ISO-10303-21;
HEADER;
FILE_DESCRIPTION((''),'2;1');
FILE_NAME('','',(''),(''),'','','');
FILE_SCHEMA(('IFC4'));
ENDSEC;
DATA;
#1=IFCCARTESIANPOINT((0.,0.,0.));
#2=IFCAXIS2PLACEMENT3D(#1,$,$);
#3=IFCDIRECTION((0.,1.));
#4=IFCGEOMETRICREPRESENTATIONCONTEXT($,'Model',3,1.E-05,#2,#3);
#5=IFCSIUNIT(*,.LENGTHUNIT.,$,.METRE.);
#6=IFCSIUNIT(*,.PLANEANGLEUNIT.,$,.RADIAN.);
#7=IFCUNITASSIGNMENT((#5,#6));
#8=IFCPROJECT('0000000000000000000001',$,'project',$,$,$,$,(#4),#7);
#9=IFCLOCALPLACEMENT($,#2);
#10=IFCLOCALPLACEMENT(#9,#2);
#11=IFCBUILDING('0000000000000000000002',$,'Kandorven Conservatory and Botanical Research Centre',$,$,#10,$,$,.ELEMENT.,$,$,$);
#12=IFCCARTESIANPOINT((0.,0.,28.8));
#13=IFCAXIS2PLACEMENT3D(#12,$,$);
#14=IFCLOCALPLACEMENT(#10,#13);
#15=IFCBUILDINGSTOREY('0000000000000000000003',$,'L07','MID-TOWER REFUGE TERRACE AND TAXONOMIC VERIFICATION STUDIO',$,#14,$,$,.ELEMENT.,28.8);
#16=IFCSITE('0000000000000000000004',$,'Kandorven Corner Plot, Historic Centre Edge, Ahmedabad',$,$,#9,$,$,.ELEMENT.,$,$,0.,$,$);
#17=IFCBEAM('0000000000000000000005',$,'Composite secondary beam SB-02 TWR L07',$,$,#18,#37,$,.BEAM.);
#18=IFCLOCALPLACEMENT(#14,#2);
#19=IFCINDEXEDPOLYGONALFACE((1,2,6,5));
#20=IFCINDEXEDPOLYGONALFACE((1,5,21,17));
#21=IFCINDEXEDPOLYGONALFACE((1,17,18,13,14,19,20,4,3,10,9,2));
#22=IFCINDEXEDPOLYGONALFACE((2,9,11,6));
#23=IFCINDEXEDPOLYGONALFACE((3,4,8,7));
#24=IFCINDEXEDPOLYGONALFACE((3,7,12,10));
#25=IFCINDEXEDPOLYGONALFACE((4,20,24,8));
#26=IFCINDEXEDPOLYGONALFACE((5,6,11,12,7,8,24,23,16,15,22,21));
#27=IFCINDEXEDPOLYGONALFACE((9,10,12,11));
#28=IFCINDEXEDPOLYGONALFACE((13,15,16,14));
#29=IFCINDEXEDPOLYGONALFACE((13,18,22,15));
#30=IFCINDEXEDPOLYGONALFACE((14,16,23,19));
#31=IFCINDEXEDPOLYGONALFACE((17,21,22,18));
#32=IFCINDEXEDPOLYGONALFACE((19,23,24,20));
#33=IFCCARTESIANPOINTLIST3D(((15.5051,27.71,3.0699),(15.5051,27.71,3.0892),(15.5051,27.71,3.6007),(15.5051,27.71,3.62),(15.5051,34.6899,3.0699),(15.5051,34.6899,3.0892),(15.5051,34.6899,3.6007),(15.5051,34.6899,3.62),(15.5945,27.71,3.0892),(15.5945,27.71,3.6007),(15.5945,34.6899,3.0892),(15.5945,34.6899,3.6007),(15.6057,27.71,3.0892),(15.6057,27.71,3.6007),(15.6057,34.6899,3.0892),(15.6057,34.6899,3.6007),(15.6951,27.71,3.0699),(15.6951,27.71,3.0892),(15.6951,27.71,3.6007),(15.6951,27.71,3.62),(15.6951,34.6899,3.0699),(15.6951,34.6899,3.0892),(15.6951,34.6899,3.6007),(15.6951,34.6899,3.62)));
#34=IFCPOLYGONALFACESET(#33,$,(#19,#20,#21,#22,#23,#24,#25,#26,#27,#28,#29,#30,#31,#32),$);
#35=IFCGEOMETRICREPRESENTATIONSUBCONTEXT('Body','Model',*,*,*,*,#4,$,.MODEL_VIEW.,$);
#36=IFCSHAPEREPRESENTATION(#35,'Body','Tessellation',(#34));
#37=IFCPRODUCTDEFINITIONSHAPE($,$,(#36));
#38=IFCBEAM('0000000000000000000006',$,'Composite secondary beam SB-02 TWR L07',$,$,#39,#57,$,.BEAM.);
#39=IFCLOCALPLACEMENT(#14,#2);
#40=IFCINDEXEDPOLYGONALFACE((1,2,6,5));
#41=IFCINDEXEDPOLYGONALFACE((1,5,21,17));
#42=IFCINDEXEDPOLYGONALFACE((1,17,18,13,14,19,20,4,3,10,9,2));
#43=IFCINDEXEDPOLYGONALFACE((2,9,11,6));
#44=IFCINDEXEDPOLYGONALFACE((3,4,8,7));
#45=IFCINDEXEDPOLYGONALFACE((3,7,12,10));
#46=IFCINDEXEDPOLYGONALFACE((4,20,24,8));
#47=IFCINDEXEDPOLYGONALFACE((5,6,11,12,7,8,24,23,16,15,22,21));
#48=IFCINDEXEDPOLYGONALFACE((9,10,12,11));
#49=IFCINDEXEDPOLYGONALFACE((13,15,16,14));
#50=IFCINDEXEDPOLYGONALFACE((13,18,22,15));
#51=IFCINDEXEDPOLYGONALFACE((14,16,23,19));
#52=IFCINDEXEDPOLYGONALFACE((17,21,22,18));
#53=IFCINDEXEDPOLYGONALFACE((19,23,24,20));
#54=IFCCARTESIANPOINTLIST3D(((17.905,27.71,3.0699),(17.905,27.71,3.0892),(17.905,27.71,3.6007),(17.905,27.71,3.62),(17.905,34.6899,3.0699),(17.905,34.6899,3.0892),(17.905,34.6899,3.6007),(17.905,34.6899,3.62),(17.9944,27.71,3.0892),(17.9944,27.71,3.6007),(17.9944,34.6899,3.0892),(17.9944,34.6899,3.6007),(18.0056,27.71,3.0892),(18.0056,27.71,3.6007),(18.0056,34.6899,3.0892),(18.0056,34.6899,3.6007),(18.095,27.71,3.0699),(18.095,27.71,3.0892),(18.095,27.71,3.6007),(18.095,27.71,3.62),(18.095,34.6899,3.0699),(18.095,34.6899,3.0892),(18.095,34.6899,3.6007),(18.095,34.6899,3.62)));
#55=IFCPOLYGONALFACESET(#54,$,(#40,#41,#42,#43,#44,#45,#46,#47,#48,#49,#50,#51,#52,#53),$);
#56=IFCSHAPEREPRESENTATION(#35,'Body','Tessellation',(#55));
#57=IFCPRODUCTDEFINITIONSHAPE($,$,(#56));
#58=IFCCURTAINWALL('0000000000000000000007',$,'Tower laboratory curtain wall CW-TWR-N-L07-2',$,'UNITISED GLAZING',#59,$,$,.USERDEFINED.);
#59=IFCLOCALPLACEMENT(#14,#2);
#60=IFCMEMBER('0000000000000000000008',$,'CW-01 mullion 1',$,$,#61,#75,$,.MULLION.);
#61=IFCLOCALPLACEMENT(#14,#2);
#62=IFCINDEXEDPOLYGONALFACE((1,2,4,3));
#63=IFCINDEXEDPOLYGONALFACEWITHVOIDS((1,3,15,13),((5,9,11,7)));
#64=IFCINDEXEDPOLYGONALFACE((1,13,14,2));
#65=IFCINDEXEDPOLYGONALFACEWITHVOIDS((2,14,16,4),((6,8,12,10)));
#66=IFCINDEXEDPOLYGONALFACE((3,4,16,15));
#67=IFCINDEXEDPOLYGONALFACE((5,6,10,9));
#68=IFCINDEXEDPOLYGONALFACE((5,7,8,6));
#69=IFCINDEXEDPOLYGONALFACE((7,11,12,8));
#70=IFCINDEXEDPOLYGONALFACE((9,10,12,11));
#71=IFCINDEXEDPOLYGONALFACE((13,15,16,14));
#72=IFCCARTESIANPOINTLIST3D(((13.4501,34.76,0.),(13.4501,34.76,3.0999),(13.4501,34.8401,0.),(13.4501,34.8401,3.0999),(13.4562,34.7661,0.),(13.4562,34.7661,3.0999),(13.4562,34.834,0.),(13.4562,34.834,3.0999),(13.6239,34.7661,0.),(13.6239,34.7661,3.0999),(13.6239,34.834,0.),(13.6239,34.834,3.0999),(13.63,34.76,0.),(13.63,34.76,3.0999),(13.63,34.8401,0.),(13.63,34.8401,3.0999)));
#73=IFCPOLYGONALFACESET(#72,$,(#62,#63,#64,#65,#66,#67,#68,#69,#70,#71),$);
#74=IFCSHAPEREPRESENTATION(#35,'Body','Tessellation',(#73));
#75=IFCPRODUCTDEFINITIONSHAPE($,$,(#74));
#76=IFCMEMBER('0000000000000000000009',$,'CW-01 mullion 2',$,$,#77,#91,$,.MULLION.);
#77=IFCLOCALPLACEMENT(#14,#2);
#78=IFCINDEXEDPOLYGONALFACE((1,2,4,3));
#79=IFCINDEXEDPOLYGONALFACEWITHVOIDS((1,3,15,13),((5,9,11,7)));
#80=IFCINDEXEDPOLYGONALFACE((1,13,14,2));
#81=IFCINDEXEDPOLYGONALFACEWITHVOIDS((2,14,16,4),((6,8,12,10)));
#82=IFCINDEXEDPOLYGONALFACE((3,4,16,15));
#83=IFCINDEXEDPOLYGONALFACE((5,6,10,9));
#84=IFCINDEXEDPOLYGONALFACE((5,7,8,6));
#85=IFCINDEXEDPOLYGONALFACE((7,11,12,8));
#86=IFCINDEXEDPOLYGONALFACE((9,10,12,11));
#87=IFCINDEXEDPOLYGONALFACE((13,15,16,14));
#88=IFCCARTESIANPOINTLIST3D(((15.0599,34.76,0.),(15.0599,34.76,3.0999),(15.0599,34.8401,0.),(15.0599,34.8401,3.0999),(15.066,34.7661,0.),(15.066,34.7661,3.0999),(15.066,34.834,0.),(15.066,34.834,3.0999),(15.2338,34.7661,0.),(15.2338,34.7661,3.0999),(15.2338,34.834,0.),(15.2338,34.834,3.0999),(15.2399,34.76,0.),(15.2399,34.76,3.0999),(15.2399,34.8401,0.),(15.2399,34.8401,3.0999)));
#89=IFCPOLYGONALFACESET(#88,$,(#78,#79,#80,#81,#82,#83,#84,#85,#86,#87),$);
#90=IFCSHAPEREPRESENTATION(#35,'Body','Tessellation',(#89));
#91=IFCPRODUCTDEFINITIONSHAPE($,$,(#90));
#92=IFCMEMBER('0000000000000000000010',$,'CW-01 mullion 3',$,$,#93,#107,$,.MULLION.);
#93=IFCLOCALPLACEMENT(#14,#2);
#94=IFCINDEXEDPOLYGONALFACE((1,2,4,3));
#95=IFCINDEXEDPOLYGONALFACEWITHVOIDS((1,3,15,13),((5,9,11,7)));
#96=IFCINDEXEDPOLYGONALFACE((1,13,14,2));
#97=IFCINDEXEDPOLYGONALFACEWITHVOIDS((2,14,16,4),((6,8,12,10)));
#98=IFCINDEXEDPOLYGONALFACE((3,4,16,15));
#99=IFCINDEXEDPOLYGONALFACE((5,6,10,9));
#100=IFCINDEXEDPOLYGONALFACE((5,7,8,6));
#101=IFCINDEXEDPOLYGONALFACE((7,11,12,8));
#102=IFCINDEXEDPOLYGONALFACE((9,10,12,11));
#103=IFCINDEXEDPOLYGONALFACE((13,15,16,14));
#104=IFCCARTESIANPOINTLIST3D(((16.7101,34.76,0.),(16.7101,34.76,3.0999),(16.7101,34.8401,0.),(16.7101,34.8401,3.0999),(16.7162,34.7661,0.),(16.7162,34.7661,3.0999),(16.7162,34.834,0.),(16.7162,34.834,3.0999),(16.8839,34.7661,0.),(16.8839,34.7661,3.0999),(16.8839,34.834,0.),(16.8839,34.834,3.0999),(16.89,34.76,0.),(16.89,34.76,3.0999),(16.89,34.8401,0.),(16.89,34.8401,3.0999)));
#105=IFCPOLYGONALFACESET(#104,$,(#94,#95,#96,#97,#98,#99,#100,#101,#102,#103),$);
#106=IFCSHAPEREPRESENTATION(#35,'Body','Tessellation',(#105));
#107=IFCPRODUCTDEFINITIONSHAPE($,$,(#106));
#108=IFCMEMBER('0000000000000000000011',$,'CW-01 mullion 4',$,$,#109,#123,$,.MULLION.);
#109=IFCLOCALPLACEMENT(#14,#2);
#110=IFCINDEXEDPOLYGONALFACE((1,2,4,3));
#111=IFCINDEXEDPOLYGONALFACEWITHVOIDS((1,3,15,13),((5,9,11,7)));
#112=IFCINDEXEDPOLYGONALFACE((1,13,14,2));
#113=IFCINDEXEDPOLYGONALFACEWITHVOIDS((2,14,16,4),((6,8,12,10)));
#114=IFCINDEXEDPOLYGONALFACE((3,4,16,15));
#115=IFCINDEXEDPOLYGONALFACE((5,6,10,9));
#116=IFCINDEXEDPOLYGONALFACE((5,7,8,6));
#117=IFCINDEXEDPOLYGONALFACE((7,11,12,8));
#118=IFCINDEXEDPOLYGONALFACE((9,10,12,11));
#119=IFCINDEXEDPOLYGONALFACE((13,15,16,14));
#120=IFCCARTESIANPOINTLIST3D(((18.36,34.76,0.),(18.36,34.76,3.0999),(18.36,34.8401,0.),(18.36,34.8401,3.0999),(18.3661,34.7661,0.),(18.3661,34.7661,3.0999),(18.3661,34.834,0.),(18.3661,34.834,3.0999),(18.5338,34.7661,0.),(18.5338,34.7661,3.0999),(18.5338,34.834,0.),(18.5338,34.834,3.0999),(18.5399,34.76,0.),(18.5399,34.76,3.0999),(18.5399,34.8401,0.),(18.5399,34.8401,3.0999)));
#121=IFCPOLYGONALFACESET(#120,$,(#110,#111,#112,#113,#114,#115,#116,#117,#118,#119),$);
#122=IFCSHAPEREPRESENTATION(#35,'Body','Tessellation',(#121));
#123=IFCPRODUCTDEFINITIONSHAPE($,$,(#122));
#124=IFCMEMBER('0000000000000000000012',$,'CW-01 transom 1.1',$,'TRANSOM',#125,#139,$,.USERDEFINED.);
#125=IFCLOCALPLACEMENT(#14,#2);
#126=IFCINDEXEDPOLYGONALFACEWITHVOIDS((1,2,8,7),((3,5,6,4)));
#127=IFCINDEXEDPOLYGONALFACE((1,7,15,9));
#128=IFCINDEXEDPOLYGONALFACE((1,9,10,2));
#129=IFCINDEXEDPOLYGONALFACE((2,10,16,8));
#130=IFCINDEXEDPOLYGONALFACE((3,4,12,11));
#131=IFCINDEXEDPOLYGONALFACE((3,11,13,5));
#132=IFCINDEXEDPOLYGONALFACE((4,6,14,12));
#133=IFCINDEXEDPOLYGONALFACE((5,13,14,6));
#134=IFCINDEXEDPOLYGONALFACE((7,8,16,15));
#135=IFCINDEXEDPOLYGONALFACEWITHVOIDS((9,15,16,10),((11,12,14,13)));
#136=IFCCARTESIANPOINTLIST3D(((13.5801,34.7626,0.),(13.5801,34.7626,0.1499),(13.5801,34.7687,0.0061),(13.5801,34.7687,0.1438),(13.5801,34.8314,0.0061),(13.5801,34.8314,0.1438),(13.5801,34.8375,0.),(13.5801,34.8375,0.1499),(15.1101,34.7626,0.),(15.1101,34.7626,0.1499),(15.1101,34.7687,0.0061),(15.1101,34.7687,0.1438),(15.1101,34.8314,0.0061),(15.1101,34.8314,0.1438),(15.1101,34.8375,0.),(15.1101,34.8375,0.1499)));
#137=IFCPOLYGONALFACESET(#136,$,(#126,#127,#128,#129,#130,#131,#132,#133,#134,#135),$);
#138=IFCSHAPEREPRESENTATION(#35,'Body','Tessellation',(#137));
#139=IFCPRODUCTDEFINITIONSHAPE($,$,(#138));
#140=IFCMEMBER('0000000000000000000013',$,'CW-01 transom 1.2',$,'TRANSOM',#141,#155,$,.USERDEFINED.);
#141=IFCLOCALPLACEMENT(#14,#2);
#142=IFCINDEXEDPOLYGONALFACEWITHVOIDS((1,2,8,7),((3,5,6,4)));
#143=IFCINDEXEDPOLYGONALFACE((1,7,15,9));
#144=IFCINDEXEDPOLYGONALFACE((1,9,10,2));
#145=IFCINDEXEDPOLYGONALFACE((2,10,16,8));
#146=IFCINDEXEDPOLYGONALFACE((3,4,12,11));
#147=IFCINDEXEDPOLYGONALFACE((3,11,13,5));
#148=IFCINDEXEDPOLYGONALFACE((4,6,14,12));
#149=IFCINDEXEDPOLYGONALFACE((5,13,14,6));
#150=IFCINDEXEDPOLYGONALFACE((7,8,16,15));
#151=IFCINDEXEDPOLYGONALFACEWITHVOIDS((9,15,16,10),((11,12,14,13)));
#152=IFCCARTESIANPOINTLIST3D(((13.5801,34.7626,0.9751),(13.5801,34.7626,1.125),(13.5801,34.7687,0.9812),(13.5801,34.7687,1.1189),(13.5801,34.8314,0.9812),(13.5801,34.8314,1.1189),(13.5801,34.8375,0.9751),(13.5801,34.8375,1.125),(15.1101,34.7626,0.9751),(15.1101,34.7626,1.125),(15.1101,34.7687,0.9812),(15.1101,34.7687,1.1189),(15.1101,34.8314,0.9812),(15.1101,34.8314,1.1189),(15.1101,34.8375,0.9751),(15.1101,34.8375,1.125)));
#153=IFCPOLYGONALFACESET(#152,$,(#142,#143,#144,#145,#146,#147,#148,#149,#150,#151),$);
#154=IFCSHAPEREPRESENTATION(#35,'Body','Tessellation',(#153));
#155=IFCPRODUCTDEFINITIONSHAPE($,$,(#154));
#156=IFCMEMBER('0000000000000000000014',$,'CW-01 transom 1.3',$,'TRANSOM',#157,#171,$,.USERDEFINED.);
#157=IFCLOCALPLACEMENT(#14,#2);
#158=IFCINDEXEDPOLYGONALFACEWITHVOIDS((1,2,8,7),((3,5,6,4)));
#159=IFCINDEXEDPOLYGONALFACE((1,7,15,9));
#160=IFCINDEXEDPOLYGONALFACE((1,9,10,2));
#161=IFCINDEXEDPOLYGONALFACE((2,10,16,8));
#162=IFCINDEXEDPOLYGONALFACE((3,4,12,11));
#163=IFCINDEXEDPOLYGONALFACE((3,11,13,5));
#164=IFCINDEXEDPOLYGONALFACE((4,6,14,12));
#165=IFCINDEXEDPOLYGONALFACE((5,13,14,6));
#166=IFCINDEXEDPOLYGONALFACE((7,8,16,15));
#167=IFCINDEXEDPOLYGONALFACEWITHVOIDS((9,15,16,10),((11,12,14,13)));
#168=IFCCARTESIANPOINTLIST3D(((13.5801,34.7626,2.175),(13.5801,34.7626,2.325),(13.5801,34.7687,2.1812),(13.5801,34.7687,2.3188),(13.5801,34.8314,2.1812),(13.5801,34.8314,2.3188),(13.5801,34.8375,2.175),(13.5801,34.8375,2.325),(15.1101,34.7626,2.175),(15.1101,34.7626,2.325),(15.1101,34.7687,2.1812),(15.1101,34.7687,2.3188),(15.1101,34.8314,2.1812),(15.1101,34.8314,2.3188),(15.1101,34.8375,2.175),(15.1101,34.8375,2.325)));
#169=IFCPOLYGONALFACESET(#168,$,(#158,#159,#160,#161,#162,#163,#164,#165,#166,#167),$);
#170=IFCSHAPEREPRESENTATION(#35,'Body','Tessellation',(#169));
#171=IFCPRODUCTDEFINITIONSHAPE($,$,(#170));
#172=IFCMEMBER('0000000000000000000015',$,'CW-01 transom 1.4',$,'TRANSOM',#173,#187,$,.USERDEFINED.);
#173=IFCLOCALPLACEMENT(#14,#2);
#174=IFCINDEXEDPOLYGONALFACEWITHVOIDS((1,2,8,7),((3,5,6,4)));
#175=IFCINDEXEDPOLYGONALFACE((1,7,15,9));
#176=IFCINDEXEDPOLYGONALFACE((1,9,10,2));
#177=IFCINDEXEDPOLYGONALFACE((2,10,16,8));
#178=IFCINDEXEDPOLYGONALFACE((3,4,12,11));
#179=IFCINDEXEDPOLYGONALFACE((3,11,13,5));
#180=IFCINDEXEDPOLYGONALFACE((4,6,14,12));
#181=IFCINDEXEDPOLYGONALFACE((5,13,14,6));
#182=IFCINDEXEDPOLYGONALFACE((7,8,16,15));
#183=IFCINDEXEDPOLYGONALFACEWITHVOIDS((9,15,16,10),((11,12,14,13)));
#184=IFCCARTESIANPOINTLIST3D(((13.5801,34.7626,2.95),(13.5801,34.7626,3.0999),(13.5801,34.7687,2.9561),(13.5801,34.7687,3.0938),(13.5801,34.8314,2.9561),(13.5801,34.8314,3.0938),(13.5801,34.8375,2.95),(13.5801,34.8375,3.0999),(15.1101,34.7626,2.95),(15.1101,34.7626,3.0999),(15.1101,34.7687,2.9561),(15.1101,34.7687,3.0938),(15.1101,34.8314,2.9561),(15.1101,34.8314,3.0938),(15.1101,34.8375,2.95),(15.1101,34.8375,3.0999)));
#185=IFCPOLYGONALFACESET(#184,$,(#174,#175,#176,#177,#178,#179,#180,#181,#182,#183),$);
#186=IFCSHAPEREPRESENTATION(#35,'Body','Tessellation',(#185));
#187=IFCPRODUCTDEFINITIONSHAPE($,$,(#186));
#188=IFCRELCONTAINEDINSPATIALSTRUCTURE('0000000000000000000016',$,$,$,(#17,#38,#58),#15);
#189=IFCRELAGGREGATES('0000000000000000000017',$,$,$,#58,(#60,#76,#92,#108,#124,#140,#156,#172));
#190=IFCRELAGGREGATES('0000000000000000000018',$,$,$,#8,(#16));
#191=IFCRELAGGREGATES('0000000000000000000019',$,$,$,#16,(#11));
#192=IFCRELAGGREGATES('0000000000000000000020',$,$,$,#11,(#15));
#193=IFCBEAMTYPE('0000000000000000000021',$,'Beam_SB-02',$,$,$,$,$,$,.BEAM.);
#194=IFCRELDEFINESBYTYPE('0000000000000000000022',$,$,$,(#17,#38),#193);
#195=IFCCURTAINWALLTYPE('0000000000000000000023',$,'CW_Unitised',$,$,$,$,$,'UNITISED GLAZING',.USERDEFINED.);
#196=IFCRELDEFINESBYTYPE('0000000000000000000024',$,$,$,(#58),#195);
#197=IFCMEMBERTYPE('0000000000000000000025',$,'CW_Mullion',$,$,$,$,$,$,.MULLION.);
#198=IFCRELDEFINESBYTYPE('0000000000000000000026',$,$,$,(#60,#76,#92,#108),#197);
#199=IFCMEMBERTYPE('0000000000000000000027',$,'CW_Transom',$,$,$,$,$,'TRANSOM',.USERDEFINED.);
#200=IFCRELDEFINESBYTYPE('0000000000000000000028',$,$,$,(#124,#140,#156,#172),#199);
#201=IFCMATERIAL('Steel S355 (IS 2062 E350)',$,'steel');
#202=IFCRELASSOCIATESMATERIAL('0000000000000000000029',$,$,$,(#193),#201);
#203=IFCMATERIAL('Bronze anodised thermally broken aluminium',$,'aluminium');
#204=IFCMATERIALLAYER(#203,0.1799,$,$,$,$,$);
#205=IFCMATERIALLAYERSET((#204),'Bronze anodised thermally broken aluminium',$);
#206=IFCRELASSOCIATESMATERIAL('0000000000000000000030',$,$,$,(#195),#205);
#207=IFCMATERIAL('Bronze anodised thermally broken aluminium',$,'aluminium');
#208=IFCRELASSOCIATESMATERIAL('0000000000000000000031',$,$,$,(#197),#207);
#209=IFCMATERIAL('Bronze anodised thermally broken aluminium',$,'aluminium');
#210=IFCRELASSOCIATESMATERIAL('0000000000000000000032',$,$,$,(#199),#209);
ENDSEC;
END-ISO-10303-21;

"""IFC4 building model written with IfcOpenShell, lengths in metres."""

from ifc_helpers import new_model, si_unit, direction, frame, origin, origin_2d, place, context, subcontext, project, spatial, hollow_rectangle, i_section, extrude, material, layer, layer_set, material_profile, profile_set, type_object, element, aggregate, save


model = new_model("IFC4")

# Units and contexts
model_context = context("Model", 3, precision=1e-05, world=origin(), true_north=direction((0.0, 1.0)))
body_context = subcontext(model_context, "Body", "Model", "MODEL_VIEW")
ifc_project = project(units=[si_unit("LENGTHUNIT", "METRE"), si_unit("PLANEANGLEUNIT", "RADIAN")], contexts=[model_context])

# Site, building, storey
site_placement = place(None, origin())
site = spatial("IfcSite", under=ifc_project, at=site_placement, Name="Kandorven Corner Plot, Historic Centre Edge, Ahmedabad", CompositionType="ELEMENT", RefElevation=0.0)
building_placement = place(site_placement, origin())
building = spatial("IfcBuilding", under=site, at=building_placement, Name="Kandorven Conservatory and Botanical Research Centre", CompositionType="ELEMENT")
storey_placement = place(building_placement, frame((0.0, 0.0, 28.8)))
storey = spatial("IfcBuildingStorey", under=building, at=storey_placement, Name="L07", Description="MID-TOWER REFUGE TERRACE AND TAXONOMIC VERIFICATION STUDIO", CompositionType="ELEMENT", Elevation=28.8)

# Beams
ifc_material_1 = material(Name="Steel S355 (IS 2062 E350)", Category="steel")
ifc_material_profile_1 = material_profile(ifc_material_1, i_section(OverallWidth=0.1899, OverallDepth=0.55, WebThickness=0.0112, FlangeThickness=0.0193, at=origin_2d()))
ifc_profile_set_1 = profile_set([ifc_material_profile_1], Name="Steel S355 (IS 2062 E350)")
beam_type = type_object("IfcBeamType", Name="Beam_SB-02", PredefinedType="BEAM", material=ifc_profile_set_1)
for number, where, z_axis, x_axis, name in (
    (1, (15.6001, 27.71, 3.345), (0.0, 1.0, 0.0), (-1.0, 0.0, 0.0), "Composite secondary beam SB-02 TWR L07"),
    (2, (18.0, 27.71, 3.345), (0.0, 1.0, 0.0), (-1.0, 0.0, 0.0), "Composite secondary beam SB-02 TWR L07"),
):
    element("IfcBeam", number, at=place(storey_placement, frame(where, z_axis=z_axis, x_axis=x_axis)), inside=storey, type_object=beam_type, Name=name, PredefinedType="BEAM", context=body_context, shape_type="SweptSolid", body=[
        extrude(i_section(OverallWidth=0.1899, OverallDepth=0.55, WebThickness=0.0112, FlangeThickness=0.0193, at=origin_2d()), origin(), (0.0, 0.0, 1.0), 6.98),
    ])

# Curtain wall, members
ifc_material_2 = material(Name="Bronze anodised thermally broken aluminium", Category="aluminium")
ifc_layer_1 = layer(ifc_material_2, 0.1799)
ifc_layer_set_1 = layer_set([ifc_layer_1], Name="Bronze anodised thermally broken aluminium")
curtain_wall_type = type_object("IfcCurtainWallType", Name="CW_Unitised", ElementType="UNITISED GLAZING", PredefinedType="USERDEFINED", material=ifc_layer_set_1)
curtain_wall_placement = place(storey_placement, origin())
curtain_wall = element("IfcCurtainWall", 3, at=curtain_wall_placement, inside=storey, type_object=curtain_wall_type, Name="Tower laboratory curtain wall CW-TWR-N-L07-2", ObjectType="UNITISED GLAZING", PredefinedType="USERDEFINED")
ifc_material_3 = material(Name="Bronze anodised thermally broken aluminium", Category="aluminium")
ifc_material_profile_2 = material_profile(ifc_material_3, hollow_rectangle(XDim=0.0801, YDim=0.1799, WallThickness=0.0061, at=origin_2d()))
ifc_profile_set_2 = profile_set([ifc_material_profile_2], Name="Bronze anodised thermally broken aluminium")
member_type_1 = type_object("IfcMemberType", Name="CW_Mullion", PredefinedType="MULLION", material=ifc_profile_set_2)
member_1_placement = place(storey_placement, frame((13.54, 34.8, 0.0), z_axis=(0.0, 0.0, 1.0), x_axis=(0.0, 1.0, 0.0)))
member_1 = element("IfcMember", 4, at=member_1_placement, type_object=member_type_1, Name="CW-01 mullion 1", PredefinedType="MULLION", context=body_context, shape_type="SweptSolid", body=[
    extrude(hollow_rectangle(XDim=0.0801, YDim=0.1799, WallThickness=0.0061, at=origin_2d()), origin(), (0.0, 0.0, 1.0), 3.0999),
])
member_2_placement = place(storey_placement, frame((15.1499, 34.8, 0.0), z_axis=(0.0, 0.0, 1.0), x_axis=(0.0, 1.0, 0.0)))
member_2 = element("IfcMember", 5, at=member_2_placement, type_object=member_type_1, Name="CW-01 mullion 2", PredefinedType="MULLION", context=body_context, shape_type="SweptSolid", body=[
    extrude(hollow_rectangle(XDim=0.0801, YDim=0.1799, WallThickness=0.0061, at=origin_2d()), origin(), (0.0, 0.0, 1.0), 3.0999),
])
member_3_placement = place(storey_placement, frame((16.8, 34.8, 0.0), z_axis=(0.0, 0.0, 1.0), x_axis=(0.0, 1.0, 0.0)))
member_3 = element("IfcMember", 6, at=member_3_placement, type_object=member_type_1, Name="CW-01 mullion 3", PredefinedType="MULLION", context=body_context, shape_type="SweptSolid", body=[
    extrude(hollow_rectangle(XDim=0.0801, YDim=0.1799, WallThickness=0.0061, at=origin_2d()), origin(), (0.0, 0.0, 1.0), 3.0999),
])
member_4_placement = place(storey_placement, frame((18.45, 34.8, 0.0), z_axis=(0.0, 0.0, 1.0), x_axis=(0.0, 1.0, 0.0)))
member_4 = element("IfcMember", 7, at=member_4_placement, type_object=member_type_1, Name="CW-01 mullion 4", PredefinedType="MULLION", context=body_context, shape_type="SweptSolid", body=[
    extrude(hollow_rectangle(XDim=0.0801, YDim=0.1799, WallThickness=0.0061, at=origin_2d()), origin(), (0.0, 0.0, 1.0), 3.0999),
])
ifc_material_4 = material(Name="Bronze anodised thermally broken aluminium", Category="aluminium")
ifc_material_profile_3 = material_profile(ifc_material_4, hollow_rectangle(XDim=0.075, YDim=0.1499, WallThickness=0.0061, at=origin_2d()))
ifc_profile_set_3 = profile_set([ifc_material_profile_3], Name="Bronze anodised thermally broken aluminium")
member_type_2 = type_object("IfcMemberType", Name="CW_Transom", ElementType="TRANSOM", PredefinedType="USERDEFINED", material=ifc_profile_set_3)
member_5_placement = place(storey_placement, frame((13.5801, 34.8, 0.075), z_axis=(1.0, 0.0, 0.0), x_axis=(0.0, 1.0, 0.0)))
member_5 = element("IfcMember", 8, at=member_5_placement, type_object=member_type_2, Name="CW-01 transom 1.1", ObjectType="TRANSOM", PredefinedType="USERDEFINED", context=body_context, shape_type="SweptSolid", body=[
    extrude(hollow_rectangle(XDim=0.075, YDim=0.1499, WallThickness=0.0061, at=origin_2d()), origin(), (0.0, 0.0, 1.0), 1.53),
])
member_6_placement = place(storey_placement, frame((13.5801, 34.8, 1.05), z_axis=(1.0, 0.0, 0.0), x_axis=(0.0, 1.0, 0.0)))
member_6 = element("IfcMember", 9, at=member_6_placement, type_object=member_type_2, Name="CW-01 transom 1.2", ObjectType="TRANSOM", PredefinedType="USERDEFINED", context=body_context, shape_type="SweptSolid", body=[
    extrude(hollow_rectangle(XDim=0.075, YDim=0.1499, WallThickness=0.0061, at=origin_2d()), origin(), (0.0, 0.0, 1.0), 1.53),
])
member_7_placement = place(storey_placement, frame((13.5801, 34.8, 2.25), z_axis=(1.0, 0.0, 0.0), x_axis=(0.0, 1.0, 0.0)))
member_7 = element("IfcMember", 10, at=member_7_placement, type_object=member_type_2, Name="CW-01 transom 1.3", ObjectType="TRANSOM", PredefinedType="USERDEFINED", context=body_context, shape_type="SweptSolid", body=[
    extrude(hollow_rectangle(XDim=0.075, YDim=0.1499, WallThickness=0.0061, at=origin_2d()), origin(), (0.0, 0.0, 1.0), 1.53),
])
member_8_placement = place(storey_placement, frame((13.5801, 34.8, 3.0249), z_axis=(1.0, 0.0, 0.0), x_axis=(0.0, 1.0, 0.0)))
member_8 = element("IfcMember", 11, at=member_8_placement, type_object=member_type_2, Name="CW-01 transom 1.4", ObjectType="TRANSOM", PredefinedType="USERDEFINED", context=body_context, shape_type="SweptSolid", body=[
    extrude(hollow_rectangle(XDim=0.075, YDim=0.1499, WallThickness=0.0061, at=origin_2d()), origin(), (0.0, 0.0, 1.0), 1.53),
])
aggregate(curtain_wall, [member_1, member_2, member_3, member_4, member_5, member_6, member_7, member_8])

save(model, "model.ifc")
